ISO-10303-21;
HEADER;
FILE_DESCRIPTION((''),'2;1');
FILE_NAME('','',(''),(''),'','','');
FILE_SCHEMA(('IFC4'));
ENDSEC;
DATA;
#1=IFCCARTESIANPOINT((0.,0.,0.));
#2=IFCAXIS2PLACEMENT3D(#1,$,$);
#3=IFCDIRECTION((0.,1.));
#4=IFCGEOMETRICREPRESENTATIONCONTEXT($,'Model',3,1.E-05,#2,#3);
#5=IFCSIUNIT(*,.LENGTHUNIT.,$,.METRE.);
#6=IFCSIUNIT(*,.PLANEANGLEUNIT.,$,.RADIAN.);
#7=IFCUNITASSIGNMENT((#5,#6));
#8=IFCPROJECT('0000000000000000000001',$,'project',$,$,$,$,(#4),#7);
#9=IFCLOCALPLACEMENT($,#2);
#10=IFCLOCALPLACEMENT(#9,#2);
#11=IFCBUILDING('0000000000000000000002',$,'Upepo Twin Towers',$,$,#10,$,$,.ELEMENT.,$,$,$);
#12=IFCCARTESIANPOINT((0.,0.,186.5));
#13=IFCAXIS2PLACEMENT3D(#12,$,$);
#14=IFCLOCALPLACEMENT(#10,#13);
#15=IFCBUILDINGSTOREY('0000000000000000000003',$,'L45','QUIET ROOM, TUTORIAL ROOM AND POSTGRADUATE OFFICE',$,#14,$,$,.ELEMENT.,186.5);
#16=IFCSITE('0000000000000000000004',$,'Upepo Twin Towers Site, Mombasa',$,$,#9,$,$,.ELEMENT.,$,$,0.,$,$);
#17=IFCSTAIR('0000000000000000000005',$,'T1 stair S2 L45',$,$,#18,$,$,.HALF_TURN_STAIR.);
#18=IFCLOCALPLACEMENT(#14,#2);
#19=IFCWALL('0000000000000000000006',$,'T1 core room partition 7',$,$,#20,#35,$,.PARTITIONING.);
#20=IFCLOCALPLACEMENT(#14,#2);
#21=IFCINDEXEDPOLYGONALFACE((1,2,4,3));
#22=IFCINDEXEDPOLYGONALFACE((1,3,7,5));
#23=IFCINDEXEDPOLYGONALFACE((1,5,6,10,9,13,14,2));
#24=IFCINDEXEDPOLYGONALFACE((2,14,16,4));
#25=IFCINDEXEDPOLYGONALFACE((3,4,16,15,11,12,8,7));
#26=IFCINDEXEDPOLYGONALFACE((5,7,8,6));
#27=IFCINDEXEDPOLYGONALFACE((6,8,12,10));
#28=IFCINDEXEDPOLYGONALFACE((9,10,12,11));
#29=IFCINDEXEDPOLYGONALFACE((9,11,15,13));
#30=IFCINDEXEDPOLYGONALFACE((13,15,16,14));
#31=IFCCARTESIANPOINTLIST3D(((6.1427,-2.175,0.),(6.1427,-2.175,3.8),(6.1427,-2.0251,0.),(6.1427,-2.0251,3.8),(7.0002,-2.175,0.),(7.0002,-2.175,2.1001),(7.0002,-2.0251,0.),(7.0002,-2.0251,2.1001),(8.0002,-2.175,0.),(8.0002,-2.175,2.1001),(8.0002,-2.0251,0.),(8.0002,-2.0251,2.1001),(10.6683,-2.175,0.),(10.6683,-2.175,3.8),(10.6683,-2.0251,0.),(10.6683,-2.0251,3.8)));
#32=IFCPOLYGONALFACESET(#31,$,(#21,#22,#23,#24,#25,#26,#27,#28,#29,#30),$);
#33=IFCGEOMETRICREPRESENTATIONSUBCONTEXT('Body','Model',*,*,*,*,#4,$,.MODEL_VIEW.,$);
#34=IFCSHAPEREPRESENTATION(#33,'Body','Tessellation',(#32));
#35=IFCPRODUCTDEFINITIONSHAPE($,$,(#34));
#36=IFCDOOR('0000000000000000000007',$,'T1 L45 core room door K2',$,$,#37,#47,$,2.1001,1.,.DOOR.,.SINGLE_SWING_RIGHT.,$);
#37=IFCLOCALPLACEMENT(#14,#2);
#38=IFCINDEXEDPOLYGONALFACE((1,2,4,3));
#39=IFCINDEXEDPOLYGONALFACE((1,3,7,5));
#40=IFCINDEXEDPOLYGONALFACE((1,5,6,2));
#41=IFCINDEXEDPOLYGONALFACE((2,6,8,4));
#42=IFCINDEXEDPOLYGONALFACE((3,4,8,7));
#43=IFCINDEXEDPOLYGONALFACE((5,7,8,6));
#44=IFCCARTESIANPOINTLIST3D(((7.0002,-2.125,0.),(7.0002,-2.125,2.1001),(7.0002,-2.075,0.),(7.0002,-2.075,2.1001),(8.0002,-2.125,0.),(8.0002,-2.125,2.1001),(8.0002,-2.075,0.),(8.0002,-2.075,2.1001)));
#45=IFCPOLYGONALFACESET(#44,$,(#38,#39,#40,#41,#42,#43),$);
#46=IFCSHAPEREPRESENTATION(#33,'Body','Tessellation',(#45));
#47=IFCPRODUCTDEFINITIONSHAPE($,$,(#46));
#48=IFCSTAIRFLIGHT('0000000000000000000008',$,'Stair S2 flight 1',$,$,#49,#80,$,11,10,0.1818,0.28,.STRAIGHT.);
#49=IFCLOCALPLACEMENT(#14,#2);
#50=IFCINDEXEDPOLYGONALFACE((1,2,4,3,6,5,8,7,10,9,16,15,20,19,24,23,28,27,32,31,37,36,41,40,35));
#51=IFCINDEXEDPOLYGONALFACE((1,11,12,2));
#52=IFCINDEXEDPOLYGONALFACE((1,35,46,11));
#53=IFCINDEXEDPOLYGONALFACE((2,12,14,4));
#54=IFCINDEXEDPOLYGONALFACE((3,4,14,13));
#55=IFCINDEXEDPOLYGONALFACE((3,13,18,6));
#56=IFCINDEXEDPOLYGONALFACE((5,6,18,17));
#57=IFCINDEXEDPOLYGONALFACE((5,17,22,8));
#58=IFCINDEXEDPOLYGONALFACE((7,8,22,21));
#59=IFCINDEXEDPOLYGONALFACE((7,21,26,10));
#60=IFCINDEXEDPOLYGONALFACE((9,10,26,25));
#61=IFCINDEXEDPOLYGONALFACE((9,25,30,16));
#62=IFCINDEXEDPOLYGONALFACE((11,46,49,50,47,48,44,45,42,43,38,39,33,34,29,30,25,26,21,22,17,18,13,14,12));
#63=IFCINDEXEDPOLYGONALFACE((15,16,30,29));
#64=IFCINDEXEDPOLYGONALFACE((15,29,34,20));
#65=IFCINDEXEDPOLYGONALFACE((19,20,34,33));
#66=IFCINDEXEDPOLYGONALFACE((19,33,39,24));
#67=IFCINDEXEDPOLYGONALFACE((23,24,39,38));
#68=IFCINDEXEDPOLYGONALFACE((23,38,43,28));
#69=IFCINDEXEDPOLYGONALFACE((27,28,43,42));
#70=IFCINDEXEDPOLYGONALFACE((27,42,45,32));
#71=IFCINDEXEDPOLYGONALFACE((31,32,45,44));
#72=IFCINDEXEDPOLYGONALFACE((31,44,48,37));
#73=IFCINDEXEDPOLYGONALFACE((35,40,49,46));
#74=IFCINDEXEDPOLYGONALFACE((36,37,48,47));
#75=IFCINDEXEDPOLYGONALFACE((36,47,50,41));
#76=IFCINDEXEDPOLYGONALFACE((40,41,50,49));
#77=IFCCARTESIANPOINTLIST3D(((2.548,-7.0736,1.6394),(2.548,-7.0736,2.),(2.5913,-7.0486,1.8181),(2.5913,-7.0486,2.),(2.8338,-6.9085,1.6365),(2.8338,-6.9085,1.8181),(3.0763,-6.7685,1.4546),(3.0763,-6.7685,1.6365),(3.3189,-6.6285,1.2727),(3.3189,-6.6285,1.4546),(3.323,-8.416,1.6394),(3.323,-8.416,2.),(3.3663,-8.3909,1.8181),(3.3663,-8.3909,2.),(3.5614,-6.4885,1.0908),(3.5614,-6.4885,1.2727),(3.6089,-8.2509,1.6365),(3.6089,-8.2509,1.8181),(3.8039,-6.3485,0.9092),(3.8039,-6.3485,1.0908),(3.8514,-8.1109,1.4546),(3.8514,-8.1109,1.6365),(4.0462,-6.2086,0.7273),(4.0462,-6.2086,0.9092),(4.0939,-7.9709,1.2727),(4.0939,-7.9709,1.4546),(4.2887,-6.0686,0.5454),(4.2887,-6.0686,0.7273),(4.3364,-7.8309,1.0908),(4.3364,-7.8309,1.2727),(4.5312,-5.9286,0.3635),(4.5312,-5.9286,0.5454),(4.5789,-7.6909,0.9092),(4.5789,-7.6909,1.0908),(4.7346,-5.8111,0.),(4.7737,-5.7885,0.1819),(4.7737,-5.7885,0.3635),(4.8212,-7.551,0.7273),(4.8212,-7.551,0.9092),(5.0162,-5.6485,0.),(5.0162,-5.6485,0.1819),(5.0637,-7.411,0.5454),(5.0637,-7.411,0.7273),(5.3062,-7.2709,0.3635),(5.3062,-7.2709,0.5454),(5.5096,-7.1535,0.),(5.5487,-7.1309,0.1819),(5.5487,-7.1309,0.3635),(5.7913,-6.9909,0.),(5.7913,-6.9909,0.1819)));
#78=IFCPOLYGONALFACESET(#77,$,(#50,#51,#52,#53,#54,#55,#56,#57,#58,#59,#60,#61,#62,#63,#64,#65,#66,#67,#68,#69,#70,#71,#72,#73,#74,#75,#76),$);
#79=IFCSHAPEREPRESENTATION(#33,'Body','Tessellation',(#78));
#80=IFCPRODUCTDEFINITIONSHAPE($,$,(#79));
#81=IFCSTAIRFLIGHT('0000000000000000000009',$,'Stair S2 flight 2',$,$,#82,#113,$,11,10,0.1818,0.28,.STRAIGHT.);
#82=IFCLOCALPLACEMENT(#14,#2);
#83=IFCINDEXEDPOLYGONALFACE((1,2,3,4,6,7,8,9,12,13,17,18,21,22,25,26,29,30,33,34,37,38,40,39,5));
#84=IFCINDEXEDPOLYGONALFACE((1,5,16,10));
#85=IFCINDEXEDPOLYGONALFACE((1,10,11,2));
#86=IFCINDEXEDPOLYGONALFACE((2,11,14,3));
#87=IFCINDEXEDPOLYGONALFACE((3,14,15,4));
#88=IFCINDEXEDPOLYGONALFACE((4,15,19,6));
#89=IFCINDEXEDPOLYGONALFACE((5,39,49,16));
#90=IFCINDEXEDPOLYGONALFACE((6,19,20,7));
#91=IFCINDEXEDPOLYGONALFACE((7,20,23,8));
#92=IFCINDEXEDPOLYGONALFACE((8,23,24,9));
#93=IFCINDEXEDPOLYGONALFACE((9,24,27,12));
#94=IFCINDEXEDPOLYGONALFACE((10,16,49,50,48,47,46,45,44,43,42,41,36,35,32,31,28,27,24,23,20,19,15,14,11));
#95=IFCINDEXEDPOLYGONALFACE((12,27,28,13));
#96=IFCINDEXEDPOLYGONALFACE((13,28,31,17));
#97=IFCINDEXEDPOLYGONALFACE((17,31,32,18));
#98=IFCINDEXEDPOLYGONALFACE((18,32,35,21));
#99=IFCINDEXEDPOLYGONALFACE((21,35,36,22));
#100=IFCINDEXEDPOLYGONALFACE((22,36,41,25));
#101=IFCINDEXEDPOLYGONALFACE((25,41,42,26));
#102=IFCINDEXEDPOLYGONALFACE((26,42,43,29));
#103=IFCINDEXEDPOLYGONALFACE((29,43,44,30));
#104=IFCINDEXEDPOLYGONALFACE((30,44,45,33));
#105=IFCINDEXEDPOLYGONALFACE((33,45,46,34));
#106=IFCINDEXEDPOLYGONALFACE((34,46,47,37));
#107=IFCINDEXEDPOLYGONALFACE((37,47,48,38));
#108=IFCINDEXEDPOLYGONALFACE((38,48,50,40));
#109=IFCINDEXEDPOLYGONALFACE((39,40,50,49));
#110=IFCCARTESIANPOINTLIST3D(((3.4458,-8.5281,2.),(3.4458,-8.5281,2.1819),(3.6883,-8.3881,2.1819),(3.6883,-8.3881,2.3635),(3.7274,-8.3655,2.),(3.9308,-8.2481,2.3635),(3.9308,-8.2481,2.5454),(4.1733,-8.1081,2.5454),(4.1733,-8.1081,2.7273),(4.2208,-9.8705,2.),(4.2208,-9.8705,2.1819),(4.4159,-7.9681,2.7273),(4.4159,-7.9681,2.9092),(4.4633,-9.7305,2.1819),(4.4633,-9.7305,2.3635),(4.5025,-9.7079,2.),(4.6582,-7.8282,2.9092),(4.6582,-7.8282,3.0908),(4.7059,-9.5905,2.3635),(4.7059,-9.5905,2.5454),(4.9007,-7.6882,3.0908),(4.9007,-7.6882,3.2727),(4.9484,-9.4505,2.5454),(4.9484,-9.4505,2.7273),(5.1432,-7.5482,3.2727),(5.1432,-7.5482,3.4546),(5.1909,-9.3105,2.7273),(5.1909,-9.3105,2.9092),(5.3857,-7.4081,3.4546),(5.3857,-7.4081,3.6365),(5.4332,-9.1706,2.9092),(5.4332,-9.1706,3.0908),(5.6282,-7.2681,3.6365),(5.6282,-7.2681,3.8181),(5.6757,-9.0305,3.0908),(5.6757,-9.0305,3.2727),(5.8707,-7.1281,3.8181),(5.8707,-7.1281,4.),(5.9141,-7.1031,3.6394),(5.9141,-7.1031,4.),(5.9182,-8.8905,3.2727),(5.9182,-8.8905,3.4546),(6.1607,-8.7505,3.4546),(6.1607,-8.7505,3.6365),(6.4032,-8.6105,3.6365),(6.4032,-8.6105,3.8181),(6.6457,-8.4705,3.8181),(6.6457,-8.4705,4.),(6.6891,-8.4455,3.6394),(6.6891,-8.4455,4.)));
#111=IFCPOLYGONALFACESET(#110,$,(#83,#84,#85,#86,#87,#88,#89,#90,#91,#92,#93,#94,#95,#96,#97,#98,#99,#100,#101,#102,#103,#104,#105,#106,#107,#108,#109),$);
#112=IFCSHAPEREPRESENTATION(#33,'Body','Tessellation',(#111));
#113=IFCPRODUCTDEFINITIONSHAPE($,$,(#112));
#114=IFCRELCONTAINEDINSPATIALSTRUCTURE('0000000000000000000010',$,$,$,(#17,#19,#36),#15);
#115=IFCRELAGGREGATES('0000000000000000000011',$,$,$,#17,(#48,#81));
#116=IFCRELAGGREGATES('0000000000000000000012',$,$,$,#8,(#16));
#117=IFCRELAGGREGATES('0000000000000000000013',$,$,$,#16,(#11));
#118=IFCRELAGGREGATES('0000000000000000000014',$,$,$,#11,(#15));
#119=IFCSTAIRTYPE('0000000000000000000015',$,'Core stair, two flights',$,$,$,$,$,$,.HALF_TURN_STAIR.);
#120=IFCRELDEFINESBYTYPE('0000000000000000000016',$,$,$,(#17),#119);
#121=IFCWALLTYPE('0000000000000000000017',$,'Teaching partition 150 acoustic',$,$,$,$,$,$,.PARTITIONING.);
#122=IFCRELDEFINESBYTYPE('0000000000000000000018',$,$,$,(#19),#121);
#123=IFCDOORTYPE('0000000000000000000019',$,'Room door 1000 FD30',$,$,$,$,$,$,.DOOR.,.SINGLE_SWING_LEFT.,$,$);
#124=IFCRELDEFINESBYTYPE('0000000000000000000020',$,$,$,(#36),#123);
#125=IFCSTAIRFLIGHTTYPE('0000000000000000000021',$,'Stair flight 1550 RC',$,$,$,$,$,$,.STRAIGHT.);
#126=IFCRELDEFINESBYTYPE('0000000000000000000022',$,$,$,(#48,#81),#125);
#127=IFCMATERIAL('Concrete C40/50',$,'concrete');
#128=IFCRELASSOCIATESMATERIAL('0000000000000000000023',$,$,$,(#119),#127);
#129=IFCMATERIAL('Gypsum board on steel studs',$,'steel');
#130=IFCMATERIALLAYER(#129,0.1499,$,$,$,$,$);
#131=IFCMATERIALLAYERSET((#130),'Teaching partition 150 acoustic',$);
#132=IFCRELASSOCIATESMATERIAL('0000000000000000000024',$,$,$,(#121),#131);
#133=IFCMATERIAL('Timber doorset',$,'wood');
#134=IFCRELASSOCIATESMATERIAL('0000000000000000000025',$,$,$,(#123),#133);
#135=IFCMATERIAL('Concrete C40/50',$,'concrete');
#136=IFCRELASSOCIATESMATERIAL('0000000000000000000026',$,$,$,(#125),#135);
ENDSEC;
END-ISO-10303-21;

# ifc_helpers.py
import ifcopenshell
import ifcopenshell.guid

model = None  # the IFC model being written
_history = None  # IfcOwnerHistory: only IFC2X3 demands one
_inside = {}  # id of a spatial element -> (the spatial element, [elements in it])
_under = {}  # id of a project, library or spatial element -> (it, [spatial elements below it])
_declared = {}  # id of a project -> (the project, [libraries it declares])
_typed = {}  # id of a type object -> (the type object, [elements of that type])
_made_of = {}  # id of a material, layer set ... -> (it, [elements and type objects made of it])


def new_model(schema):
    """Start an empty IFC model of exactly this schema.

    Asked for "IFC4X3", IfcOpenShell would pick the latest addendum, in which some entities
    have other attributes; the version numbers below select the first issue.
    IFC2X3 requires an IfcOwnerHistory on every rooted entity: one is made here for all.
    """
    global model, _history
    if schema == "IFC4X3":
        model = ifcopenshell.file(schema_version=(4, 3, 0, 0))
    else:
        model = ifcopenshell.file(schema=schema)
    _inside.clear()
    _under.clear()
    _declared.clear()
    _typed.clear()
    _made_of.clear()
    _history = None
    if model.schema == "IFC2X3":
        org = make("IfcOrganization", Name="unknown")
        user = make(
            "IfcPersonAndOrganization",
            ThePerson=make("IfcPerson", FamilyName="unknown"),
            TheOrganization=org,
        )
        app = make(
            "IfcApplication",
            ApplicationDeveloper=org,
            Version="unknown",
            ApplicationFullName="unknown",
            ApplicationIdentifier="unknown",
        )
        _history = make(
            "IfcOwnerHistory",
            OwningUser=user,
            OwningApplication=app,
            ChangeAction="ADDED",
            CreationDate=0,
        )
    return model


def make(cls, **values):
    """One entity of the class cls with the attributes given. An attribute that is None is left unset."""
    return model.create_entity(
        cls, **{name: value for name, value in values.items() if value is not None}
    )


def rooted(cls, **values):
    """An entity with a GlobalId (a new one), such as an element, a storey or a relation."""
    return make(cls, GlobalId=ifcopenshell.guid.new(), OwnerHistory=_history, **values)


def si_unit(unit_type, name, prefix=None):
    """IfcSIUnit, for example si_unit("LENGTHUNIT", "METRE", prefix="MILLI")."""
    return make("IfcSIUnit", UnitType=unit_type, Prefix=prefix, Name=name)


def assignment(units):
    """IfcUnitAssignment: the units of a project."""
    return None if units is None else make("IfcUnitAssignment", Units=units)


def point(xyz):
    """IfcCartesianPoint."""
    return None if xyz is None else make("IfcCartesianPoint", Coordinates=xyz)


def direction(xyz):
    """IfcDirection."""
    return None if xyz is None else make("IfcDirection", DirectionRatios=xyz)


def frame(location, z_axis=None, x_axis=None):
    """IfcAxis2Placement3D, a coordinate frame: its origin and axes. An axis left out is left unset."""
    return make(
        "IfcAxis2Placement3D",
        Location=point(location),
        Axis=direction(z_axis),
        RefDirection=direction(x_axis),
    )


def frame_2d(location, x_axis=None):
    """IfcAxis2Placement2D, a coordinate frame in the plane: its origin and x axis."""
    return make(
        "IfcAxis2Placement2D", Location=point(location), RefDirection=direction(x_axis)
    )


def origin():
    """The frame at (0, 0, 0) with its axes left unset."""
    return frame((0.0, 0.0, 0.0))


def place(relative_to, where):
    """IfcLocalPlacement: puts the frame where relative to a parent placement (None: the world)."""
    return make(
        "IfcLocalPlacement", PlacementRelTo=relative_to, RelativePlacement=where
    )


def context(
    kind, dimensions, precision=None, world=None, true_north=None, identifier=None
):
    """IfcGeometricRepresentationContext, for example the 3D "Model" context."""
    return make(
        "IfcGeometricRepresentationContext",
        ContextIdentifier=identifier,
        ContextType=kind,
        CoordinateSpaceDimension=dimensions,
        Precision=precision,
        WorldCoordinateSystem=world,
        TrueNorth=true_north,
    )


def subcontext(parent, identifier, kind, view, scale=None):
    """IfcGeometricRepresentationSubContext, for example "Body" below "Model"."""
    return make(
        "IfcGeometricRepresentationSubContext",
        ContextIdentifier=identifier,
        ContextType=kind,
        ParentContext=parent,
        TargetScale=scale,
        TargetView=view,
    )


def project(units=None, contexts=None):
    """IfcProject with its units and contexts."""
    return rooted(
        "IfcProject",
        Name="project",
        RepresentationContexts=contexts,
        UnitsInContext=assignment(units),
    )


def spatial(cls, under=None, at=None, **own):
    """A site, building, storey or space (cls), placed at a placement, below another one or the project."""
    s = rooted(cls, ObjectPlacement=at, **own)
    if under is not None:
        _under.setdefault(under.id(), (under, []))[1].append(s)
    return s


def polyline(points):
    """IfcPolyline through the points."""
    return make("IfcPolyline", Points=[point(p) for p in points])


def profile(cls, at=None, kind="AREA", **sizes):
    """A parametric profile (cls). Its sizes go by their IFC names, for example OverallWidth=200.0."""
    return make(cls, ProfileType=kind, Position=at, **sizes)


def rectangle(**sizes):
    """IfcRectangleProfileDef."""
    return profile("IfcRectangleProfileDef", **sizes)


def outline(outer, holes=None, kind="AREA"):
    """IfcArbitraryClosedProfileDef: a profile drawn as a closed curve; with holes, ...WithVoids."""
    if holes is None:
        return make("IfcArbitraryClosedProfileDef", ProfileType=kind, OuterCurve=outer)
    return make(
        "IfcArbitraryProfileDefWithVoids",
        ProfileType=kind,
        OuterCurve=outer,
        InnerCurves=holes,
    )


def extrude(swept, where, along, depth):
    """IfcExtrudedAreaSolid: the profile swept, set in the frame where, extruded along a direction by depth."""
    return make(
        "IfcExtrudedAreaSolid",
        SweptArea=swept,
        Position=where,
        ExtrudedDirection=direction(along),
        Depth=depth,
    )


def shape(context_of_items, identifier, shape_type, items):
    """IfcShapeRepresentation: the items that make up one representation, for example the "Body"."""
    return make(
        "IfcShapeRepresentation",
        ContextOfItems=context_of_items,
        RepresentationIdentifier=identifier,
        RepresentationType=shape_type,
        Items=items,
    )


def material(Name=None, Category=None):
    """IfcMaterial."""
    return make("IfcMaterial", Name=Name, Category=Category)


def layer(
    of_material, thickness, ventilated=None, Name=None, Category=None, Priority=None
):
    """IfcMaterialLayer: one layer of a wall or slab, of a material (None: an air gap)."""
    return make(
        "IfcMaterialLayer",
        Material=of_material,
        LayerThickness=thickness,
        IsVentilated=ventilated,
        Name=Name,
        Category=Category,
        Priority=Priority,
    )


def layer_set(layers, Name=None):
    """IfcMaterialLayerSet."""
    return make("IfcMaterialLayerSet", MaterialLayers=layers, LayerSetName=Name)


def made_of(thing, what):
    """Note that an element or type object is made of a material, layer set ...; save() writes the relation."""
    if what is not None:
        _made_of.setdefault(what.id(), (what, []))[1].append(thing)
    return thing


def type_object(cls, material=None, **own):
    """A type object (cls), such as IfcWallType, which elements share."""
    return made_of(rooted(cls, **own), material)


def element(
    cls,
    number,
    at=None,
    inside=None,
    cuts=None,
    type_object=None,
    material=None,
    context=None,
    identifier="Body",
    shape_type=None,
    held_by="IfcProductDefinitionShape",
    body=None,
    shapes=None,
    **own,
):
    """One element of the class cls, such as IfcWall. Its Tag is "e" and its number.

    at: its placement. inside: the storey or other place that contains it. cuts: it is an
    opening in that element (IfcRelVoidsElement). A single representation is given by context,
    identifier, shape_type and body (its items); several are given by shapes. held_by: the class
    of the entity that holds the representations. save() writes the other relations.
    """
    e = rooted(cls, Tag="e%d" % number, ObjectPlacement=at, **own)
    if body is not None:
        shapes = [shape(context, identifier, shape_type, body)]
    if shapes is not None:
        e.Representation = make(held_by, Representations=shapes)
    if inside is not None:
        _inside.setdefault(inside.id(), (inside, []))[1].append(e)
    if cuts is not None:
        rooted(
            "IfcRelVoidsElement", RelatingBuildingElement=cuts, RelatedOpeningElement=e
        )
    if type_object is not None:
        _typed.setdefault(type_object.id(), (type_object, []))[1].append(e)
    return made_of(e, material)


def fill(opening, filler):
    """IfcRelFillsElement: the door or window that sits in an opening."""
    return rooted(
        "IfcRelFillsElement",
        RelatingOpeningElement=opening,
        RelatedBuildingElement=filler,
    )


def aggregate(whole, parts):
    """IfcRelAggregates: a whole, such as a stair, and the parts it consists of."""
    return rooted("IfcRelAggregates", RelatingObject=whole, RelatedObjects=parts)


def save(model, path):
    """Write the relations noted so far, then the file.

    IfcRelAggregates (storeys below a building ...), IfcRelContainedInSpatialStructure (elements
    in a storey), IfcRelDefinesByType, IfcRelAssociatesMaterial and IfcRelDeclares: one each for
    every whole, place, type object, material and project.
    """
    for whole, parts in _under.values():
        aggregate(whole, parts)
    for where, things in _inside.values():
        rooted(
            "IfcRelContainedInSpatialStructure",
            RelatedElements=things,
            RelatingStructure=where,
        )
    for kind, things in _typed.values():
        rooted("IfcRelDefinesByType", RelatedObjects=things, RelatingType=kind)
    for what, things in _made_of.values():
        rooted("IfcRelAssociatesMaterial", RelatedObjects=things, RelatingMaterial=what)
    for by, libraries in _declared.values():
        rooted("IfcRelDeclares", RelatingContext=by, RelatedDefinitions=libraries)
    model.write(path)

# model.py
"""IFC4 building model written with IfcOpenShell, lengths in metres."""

from ifc_helpers import new_model, si_unit, direction, frame, frame_2d, origin, place, context, subcontext, project, spatial, polyline, rectangle, outline, extrude, material, layer, layer_set, type_object, element, fill, aggregate, save


model = new_model("IFC4")

# Units and contexts
model_context = context("Model", 3, precision=1e-05, world=origin(), true_north=direction((0.0, 1.0)))
body_context = subcontext(model_context, "Body", "Model", "MODEL_VIEW")
ifc_project = project(units=[si_unit("LENGTHUNIT", "METRE"), si_unit("PLANEANGLEUNIT", "RADIAN")], contexts=[model_context])

# Site, building, storey
site_placement = place(None, origin())
site = spatial("IfcSite", under=ifc_project, at=site_placement, Name="Upepo Twin Towers Site, Mombasa", CompositionType="ELEMENT", RefElevation=0.0)
building_placement = place(site_placement, origin())
building = spatial("IfcBuilding", under=site, at=building_placement, Name="Upepo Twin Towers", CompositionType="ELEMENT")
storey_placement = place(building_placement, frame((0.0, 0.0, 186.5)))
storey = spatial("IfcBuildingStorey", under=building, at=storey_placement, Name="L45", Description="QUIET ROOM, TUTORIAL ROOM AND POSTGRADUATE OFFICE", CompositionType="ELEMENT", Elevation=186.5)

# Shared definitions
ifc_material_1 = material(Name="Concrete C40/50", Category="concrete")
stair_type = type_object("IfcStairType", Name="Core stair, two flights", PredefinedType="HALF_TURN_STAIR", material=ifc_material_1)

# Stair
stair_1_placement = place(storey_placement, origin())
stair_1 = element("IfcStair", 1, at=stair_1_placement, inside=storey, type_object=stair_type, Name="T1 stair S2 L45", PredefinedType="HALF_TURN_STAIR")

# Wall, opening, door
ifc_material_2 = material(Name="Gypsum board on steel studs", Category="steel")
ifc_layer_1 = layer(ifc_material_2, 0.1499)
ifc_layer_set_1 = layer_set([ifc_layer_1], Name="Teaching partition 150 acoustic")
wall_type_1 = type_object("IfcWallType", Name="Teaching partition 150 acoustic", PredefinedType="PARTITIONING", material=ifc_layer_set_1)
wall_1_placement = place(storey_placement, frame((10.6682, -2.1001, 0.0), z_axis=(0.0, 0.0, 1.0), x_axis=(-1.0, 0.0, 0.0)))
wall_1 = element("IfcWall", 2, at=wall_1_placement, inside=storey, type_object=wall_type_1, Name="T1 core room partition 7", PredefinedType="PARTITIONING", context=body_context, shape_type="SweptSolid", body=[
    extrude(rectangle(XDim=4.5256, YDim=0.1499, at=frame_2d((2.2627, 0.0))), origin(), (0.0, 0.0, 1.0), 3.8),
])
opening_1_placement = place(wall_1_placement, frame((2.668, 0.0, 0.0)))
opening_1 = element("IfcOpeningElement", 3, at=opening_1_placement, cuts=wall_1, PredefinedType="OPENING", context=body_context, shape_type="SweptSolid", body=[
    extrude(rectangle(XDim=1.0, YDim=2.1001, at=frame_2d((0.5, 1.05))), frame((0.0, 0.085, 0.0), z_axis=(0.0, -1.0, 0.0), x_axis=(1.0, 0.0, 0.0)), (0.0, 0.0, 1.0), 0.1699),
])
ifc_material_3 = material(Name="Timber doorset", Category="wood")
door_type_1 = type_object("IfcDoorType", Name="Room door 1000 FD30", OperationType="SINGLE_SWING_LEFT", PredefinedType="DOOR", material=ifc_material_3)
door_1_placement = place(opening_1_placement, origin())
door_1 = element("IfcDoor", 4, at=door_1_placement, inside=storey, type_object=door_type_1, Name="T1 L45 core room door K2", OperationType="SINGLE_SWING_RIGHT", OverallHeight=2.1001, OverallWidth=1.0, PredefinedType="DOOR", context=body_context, shape_type="SweptSolid", body=[
    extrude(rectangle(XDim=1.0, YDim=2.1001, at=frame_2d((0.5, 1.05))), frame((0.0, 0.0249, 0.0), z_axis=(0.0, -1.0, 0.0), x_axis=(1.0, 0.0, 0.0)), (0.0, 0.0, 1.0), 0.05),
])
fill(opening_1, door_1)

# Stair flights
ifc_material_4 = material(Name="Concrete C40/50", Category="concrete")
stair_flight_type = type_object("IfcStairFlightType", Name="Stair flight 1550 RC", PredefinedType="STRAIGHT", material=ifc_material_4)
stair_flight_1_placement = place(storey_placement, frame((5.4038, -6.3198, 0.0), z_axis=(0.0, 0.0, 1.0), x_axis=(-0.866025, -0.5, 0.0)))
stair_flight_1 = element("IfcStairFlight", 5, at=stair_flight_1_placement, type_object=stair_flight_type, Name="Stair S2 flight 1", NumberOfRisers=11, NumberOfTreads=10, PredefinedType="STRAIGHT", RiserHeight=0.1818, TreadLength=0.28, context=body_context, shape_type="SweptSolid", body=[
    extrude(outline(polyline([(0.0, 0.0), (0.0, 0.1819), (0.28, 0.1819), (0.28, 0.3635), (0.5601, 0.3635), (0.5601, 0.5454), (0.8401, 0.5454), (0.8401, 0.7273), (1.1201, 0.7273), (1.1201, 0.9092), (1.3999, 0.9092), (1.3999, 1.0908), (1.6799, 1.0908), (1.6799, 1.2727), (1.96, 1.2727), (1.96, 1.4546), (2.24, 1.4546), (2.24, 1.6365), (2.52, 1.6365), (2.52, 1.8181), (2.8, 1.8181), (2.8, 2.0), (2.8501, 2.0), (2.8501, 1.6394), (0.3252, 0.0), (0.0, 0.0)])), frame((0.0, 0.7749, 0.0), z_axis=(0.0, -1.0, 0.0), x_axis=(1.0, 0.0, 0.0)), (0.0, 0.0, 1.0), 1.55),
])
stair_flight_2_placement = place(storey_placement, frame((3.8333, -9.1992, 2.0), z_axis=(0.0, 0.0, 1.0), x_axis=(0.866025, 0.5, 0.0)))
stair_flight_2 = element("IfcStairFlight", 6, at=stair_flight_2_placement, type_object=stair_flight_type, Name="Stair S2 flight 2", NumberOfRisers=11, NumberOfTreads=10, PredefinedType="STRAIGHT", RiserHeight=0.1818, TreadLength=0.28, context=body_context, shape_type="SweptSolid", body=[
    extrude(outline(polyline([(0.0, 0.0), (0.0, 0.1819), (0.28, 0.1819), (0.28, 0.3635), (0.5601, 0.3635), (0.5601, 0.5454), (0.8401, 0.5454), (0.8401, 0.7273), (1.1201, 0.7273), (1.1201, 0.9092), (1.3999, 0.9092), (1.3999, 1.0908), (1.6799, 1.0908), (1.6799, 1.2727), (1.96, 1.2727), (1.96, 1.4546), (2.24, 1.4546), (2.24, 1.6365), (2.52, 1.6365), (2.52, 1.8181), (2.8, 1.8181), (2.8, 2.0), (2.8501, 2.0), (2.8501, 1.6394), (0.3252, 0.0), (0.0, 0.0)])), frame((0.0, 0.7749, 0.0), z_axis=(0.0, -1.0, 0.0), x_axis=(1.0, 0.0, 0.0)), (0.0, 0.0, 1.0), 1.55),
])
aggregate(stair_1, [stair_flight_1, stair_flight_2])

save(model, "model.ifc")
